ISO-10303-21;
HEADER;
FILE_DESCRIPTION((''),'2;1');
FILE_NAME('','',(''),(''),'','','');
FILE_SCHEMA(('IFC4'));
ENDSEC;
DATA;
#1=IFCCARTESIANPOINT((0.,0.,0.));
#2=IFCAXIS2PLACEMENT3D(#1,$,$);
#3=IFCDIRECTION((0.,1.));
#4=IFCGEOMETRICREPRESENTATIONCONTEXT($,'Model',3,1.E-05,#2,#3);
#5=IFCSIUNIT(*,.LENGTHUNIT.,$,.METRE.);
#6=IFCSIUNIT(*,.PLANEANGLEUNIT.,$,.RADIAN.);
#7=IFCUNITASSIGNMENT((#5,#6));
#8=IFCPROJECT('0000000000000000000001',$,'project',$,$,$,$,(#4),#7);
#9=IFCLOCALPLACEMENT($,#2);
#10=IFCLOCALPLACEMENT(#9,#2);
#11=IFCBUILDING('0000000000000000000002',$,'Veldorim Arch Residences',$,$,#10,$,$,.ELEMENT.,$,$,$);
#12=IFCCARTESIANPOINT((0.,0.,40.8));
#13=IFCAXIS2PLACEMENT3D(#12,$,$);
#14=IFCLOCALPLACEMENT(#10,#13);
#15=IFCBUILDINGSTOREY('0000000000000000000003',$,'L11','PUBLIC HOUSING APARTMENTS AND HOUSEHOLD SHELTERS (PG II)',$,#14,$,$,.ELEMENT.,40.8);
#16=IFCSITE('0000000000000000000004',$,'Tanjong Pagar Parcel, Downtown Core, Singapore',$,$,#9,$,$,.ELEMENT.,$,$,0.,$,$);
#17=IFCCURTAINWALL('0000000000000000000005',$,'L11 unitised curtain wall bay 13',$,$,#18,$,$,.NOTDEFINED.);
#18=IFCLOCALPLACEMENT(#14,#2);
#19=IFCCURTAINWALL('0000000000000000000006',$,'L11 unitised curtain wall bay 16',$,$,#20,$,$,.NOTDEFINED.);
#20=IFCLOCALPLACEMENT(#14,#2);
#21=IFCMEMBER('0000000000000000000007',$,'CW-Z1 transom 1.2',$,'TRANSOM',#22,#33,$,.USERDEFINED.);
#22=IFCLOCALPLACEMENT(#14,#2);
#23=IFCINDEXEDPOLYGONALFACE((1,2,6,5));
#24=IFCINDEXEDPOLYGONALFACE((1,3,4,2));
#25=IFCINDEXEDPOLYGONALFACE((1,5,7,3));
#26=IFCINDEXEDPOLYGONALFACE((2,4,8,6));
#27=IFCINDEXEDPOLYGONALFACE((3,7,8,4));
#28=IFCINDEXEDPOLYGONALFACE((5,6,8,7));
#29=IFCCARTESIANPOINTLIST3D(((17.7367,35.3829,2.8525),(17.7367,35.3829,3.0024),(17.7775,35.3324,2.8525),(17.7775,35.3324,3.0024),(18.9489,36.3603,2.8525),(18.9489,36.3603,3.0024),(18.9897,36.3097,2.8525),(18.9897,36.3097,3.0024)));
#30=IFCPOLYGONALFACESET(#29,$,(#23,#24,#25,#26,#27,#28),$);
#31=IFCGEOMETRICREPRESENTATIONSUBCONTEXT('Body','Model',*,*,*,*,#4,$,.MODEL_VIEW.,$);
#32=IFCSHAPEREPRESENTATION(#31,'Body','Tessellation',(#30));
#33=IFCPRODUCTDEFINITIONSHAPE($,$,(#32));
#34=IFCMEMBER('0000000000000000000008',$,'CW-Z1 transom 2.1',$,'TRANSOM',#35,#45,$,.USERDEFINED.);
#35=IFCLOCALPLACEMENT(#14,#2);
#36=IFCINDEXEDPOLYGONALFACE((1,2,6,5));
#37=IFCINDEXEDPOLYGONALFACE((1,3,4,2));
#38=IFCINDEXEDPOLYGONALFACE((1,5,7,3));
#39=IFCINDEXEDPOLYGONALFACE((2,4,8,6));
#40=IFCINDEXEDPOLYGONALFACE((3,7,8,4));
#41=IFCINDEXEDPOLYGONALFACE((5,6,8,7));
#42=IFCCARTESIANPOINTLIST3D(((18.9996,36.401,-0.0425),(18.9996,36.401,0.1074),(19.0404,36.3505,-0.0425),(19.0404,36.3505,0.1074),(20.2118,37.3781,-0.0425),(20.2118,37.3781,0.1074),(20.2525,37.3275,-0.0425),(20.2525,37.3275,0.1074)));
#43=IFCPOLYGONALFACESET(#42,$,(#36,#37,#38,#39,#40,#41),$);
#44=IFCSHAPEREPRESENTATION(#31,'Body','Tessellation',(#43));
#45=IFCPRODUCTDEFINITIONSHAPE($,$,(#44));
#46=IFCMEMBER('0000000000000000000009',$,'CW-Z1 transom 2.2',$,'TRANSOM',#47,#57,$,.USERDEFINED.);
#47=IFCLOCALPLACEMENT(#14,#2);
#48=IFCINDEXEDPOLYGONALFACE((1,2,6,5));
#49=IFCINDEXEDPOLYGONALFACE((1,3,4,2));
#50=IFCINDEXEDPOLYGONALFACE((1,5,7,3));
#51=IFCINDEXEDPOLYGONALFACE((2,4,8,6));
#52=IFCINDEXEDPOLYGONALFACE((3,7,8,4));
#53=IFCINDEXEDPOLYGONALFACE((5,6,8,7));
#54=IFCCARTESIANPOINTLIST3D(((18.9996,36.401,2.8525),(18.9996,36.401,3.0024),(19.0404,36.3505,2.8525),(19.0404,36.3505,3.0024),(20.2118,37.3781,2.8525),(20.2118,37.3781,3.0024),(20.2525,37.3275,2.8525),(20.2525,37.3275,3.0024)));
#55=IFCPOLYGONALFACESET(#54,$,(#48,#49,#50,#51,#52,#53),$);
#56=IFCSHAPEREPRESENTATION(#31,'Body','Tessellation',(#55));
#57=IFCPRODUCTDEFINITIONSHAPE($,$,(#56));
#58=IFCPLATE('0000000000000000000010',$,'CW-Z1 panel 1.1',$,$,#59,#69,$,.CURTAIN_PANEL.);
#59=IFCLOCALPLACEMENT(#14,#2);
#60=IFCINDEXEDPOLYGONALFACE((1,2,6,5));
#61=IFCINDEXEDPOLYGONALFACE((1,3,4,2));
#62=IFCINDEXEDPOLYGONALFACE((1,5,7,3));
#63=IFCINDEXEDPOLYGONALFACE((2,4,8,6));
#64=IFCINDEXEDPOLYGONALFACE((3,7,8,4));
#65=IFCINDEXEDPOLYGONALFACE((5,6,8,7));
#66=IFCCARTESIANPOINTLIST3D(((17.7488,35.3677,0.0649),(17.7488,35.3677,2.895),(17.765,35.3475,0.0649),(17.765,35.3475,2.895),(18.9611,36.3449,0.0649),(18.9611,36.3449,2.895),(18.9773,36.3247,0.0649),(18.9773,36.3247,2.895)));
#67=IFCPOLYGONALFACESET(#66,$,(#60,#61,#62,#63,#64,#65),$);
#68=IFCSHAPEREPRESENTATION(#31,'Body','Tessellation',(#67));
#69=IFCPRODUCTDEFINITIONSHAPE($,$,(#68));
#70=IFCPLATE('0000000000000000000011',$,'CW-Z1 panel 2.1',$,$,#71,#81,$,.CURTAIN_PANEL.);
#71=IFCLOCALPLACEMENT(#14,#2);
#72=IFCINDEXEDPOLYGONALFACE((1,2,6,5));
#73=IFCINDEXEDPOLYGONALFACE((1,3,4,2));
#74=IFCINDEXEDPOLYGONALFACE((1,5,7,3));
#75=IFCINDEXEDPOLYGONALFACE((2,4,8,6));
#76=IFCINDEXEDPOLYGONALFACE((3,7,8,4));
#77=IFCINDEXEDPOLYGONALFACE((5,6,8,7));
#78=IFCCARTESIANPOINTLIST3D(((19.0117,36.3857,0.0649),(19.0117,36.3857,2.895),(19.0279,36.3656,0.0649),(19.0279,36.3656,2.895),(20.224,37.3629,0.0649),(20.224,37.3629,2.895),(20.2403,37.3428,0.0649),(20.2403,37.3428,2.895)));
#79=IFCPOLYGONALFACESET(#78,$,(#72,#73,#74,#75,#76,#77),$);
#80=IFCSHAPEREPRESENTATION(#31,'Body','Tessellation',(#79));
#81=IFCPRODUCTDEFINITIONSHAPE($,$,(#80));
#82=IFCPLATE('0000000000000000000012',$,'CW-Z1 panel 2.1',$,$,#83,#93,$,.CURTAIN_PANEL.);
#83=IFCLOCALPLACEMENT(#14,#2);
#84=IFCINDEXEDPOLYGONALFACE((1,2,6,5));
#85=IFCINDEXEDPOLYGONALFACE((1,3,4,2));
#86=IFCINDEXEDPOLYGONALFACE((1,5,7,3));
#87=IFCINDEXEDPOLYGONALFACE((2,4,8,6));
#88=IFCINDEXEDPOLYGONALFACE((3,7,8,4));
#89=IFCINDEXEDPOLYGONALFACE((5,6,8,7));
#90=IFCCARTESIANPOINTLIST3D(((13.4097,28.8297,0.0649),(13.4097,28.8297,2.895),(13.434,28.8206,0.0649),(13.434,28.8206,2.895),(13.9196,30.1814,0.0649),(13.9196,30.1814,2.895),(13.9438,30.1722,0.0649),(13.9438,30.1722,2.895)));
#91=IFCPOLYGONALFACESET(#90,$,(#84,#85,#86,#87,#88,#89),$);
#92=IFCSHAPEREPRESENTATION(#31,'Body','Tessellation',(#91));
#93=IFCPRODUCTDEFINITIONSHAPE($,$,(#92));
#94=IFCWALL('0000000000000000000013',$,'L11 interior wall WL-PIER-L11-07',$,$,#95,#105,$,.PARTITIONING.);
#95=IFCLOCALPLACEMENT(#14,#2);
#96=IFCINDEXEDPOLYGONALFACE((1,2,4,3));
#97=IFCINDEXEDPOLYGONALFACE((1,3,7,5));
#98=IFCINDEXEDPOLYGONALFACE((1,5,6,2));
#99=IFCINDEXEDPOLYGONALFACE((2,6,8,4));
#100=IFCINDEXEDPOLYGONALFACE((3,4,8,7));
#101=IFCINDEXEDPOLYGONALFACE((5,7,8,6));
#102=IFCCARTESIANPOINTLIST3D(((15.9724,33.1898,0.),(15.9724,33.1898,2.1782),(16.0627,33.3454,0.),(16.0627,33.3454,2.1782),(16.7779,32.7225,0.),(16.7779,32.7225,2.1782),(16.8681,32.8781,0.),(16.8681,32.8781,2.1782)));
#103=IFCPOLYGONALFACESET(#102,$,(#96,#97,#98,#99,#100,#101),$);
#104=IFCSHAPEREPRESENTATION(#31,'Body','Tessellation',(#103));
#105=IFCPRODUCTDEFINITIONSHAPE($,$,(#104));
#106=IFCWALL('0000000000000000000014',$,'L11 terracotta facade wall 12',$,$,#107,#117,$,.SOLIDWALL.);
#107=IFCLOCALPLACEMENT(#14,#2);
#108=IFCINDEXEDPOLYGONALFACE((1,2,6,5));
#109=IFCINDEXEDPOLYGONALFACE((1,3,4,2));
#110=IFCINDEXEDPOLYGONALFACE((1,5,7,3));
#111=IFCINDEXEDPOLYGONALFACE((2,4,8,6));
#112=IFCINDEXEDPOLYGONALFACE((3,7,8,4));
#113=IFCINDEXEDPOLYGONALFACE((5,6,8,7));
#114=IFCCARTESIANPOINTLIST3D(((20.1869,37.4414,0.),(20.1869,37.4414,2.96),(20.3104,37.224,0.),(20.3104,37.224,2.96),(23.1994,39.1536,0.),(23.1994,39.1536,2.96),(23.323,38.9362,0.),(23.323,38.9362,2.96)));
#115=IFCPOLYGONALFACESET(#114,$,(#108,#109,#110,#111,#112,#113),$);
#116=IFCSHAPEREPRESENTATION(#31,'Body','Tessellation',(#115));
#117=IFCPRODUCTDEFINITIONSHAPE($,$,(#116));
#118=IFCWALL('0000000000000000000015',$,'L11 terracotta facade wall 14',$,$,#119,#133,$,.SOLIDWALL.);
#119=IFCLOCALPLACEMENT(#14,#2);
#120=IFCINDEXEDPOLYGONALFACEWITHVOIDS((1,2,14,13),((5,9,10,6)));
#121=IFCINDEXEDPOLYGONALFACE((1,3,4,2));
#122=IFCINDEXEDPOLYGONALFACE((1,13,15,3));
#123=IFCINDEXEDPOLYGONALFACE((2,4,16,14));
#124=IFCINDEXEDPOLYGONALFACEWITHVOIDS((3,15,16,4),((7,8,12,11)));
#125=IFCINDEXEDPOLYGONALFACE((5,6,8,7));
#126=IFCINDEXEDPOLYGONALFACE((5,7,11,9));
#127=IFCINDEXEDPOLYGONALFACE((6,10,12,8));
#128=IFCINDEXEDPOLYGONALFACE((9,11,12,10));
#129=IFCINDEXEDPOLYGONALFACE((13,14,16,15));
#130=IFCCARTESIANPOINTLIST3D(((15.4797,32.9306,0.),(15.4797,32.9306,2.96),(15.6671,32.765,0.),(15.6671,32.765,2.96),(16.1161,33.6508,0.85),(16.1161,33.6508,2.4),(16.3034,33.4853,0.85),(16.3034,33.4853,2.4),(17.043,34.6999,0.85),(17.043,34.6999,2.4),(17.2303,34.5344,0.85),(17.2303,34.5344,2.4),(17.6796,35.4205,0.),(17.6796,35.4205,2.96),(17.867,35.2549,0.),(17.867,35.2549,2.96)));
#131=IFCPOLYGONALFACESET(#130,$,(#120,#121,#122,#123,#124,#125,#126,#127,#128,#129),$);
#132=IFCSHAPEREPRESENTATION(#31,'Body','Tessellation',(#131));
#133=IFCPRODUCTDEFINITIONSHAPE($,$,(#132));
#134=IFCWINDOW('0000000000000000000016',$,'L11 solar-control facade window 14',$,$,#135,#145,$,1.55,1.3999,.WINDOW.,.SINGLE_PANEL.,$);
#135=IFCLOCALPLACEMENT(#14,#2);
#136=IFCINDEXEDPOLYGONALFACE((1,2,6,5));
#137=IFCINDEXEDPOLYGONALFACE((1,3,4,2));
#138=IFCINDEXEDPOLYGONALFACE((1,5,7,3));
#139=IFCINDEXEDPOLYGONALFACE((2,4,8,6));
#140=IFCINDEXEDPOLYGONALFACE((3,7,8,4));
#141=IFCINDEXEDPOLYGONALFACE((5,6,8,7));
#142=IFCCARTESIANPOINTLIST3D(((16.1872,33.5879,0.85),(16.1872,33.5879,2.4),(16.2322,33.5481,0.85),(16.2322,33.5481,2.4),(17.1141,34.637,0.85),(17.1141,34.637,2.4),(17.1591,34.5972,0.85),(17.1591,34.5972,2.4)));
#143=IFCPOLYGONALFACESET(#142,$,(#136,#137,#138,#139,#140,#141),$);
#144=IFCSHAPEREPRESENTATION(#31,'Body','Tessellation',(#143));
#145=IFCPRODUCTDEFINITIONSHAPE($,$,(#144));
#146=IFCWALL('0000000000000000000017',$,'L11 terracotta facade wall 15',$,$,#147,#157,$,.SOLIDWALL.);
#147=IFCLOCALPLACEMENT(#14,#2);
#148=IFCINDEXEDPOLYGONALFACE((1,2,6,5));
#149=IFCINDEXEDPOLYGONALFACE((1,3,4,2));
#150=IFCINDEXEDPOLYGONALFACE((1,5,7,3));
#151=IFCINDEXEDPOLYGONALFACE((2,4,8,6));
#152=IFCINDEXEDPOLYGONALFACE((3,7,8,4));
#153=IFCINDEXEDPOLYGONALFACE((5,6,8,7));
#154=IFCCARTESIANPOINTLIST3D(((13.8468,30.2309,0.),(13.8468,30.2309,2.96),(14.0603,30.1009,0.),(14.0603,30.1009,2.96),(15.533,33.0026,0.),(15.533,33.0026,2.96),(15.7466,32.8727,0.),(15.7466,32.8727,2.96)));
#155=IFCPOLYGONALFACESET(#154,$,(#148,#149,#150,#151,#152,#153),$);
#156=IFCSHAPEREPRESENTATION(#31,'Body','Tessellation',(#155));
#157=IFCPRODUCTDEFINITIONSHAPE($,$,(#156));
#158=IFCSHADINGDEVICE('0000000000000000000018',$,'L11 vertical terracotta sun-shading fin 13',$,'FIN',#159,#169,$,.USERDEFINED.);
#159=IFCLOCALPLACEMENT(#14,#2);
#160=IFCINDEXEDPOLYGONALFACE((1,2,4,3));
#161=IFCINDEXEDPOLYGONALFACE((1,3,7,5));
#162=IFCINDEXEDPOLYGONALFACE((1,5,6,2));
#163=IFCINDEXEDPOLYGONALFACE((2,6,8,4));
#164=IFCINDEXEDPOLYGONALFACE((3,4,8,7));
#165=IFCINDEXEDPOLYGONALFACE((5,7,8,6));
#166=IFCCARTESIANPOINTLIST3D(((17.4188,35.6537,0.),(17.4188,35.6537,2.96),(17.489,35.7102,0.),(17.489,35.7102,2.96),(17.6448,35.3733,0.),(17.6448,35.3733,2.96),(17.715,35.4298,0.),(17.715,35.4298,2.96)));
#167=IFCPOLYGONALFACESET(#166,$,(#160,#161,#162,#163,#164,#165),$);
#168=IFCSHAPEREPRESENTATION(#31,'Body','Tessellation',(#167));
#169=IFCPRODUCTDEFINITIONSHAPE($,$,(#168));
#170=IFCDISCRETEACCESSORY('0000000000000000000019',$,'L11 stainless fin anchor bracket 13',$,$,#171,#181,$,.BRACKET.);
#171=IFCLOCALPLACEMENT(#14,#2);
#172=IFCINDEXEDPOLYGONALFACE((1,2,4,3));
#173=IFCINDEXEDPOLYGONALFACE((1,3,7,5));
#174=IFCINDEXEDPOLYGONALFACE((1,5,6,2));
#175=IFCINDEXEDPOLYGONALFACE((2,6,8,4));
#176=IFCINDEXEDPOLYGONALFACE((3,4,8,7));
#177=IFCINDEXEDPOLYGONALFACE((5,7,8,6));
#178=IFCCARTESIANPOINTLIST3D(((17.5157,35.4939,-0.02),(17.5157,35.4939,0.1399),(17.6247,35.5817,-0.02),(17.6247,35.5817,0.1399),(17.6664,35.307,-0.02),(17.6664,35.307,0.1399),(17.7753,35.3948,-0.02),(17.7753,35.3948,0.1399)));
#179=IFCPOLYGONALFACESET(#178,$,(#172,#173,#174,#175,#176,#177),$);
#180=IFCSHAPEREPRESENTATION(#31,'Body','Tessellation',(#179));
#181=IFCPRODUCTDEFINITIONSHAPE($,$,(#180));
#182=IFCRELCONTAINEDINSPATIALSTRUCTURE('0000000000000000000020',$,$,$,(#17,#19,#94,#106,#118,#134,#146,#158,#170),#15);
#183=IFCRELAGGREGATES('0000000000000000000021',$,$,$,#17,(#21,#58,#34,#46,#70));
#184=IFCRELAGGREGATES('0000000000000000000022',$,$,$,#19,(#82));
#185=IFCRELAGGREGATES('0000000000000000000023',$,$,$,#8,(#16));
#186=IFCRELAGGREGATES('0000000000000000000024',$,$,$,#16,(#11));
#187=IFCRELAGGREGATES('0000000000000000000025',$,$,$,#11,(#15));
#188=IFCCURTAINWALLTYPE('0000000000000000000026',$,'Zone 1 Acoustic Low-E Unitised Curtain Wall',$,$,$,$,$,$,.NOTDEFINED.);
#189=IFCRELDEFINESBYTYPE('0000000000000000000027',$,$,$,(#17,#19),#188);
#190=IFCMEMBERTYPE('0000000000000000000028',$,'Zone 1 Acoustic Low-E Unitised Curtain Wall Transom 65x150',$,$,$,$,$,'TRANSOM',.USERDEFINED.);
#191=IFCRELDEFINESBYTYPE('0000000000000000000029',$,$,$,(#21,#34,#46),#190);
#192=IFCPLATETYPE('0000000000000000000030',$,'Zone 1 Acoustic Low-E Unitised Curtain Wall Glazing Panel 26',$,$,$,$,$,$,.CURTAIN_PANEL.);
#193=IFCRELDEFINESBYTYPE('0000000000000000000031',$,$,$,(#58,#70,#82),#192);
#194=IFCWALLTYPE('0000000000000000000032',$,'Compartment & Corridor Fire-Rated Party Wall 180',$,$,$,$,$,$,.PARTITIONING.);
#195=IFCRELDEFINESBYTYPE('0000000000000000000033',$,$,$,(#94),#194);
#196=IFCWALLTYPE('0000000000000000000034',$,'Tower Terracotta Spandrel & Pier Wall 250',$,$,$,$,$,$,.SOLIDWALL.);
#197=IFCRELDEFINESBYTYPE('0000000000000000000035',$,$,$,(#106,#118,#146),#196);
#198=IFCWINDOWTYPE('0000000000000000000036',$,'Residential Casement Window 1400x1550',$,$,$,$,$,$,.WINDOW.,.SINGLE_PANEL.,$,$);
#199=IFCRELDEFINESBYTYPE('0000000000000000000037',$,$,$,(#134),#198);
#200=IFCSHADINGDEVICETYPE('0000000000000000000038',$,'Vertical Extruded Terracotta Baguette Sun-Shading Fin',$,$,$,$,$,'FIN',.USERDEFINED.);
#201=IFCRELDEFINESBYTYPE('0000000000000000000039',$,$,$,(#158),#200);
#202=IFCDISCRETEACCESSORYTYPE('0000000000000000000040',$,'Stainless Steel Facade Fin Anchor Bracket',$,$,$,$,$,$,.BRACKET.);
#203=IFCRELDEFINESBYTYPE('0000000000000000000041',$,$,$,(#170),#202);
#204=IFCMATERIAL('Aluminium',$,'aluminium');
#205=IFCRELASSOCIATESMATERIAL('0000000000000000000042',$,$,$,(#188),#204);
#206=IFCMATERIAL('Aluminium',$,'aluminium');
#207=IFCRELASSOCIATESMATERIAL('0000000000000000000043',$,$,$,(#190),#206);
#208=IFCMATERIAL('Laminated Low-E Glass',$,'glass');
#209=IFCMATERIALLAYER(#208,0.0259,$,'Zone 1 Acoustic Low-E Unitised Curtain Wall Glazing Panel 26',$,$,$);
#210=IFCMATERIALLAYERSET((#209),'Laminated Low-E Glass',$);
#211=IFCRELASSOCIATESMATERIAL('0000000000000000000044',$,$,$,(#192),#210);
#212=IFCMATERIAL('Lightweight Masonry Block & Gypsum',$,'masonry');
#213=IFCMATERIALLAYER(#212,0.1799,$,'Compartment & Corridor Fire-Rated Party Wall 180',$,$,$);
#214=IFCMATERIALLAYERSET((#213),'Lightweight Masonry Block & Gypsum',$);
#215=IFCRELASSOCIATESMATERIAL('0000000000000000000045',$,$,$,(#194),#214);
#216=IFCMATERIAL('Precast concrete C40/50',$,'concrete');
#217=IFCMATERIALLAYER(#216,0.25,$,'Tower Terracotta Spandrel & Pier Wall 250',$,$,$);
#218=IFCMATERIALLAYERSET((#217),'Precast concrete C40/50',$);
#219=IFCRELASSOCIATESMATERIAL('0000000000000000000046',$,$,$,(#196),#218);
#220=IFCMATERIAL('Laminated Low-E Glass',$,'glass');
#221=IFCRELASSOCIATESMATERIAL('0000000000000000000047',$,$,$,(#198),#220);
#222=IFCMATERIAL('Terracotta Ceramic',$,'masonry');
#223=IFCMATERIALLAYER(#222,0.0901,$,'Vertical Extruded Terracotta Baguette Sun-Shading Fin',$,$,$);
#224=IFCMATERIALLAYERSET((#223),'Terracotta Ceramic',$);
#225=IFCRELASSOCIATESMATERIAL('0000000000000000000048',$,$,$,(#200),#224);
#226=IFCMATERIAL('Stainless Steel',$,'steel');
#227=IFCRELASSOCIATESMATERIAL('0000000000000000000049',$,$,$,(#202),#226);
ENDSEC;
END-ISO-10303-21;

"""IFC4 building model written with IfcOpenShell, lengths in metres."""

from ifc_helpers import new_model, si_unit, direction, frame, frame_2d, origin, origin_2d, place, context, subcontext, project, spatial, rectangle, extrude, material, layer, layer_set, material_profile, profile_set, type_object, element, fill, aggregate, save


model = new_model("IFC4")

# Units and contexts
model_context = context("Model", 3, precision=1e-05, world=origin(), true_north=direction((0.0, 1.0)))
body_context = subcontext(model_context, "Body", "Model", "MODEL_VIEW")
ifc_project = project(units=[si_unit("LENGTHUNIT", "METRE"), si_unit("PLANEANGLEUNIT", "RADIAN")], contexts=[model_context])

# Site, building, storey
site_placement = place(None, origin())
site = spatial("IfcSite", under=ifc_project, at=site_placement, Name="Tanjong Pagar Parcel, Downtown Core, Singapore", CompositionType="ELEMENT", RefElevation=0.0)
building_placement = place(site_placement, origin())
building = spatial("IfcBuilding", under=site, at=building_placement, Name="Veldorim Arch Residences", CompositionType="ELEMENT")
storey_placement = place(building_placement, frame((0.0, 0.0, 40.8)))
storey = spatial("IfcBuildingStorey", under=building, at=storey_placement, Name="L11", Description="PUBLIC HOUSING APARTMENTS AND HOUSEHOLD SHELTERS (PG II)", CompositionType="ELEMENT", Elevation=40.8)

# Curtain wall
ifc_material_1 = material(Name="Aluminium", Category="aluminium")
curtain_wall_type = type_object("IfcCurtainWallType", Name="Zone 1 Acoustic Low-E Unitised Curtain Wall", PredefinedType="NOTDEFINED", material=ifc_material_1)
curtain_wall_1_placement = place(storey_placement, origin())
curtain_wall_1 = element("IfcCurtainWall", 1, at=curtain_wall_1_placement, inside=storey, type_object=curtain_wall_type, Name="L11 unitised curtain wall bay 13", PredefinedType="NOTDEFINED")

# Curtain wall
curtain_wall_2_placement = place(storey_placement, origin())
curtain_wall_2 = element("IfcCurtainWall", 2, at=curtain_wall_2_placement, inside=storey, type_object=curtain_wall_type, Name="L11 unitised curtain wall bay 16", PredefinedType="NOTDEFINED")

# Members
ifc_material_2 = material(Name="Aluminium", Category="aluminium")
ifc_material_profile_1 = material_profile(ifc_material_2, rectangle(XDim=0.0649, YDim=0.1499, at=origin_2d()), Name="ALU_TRN_65x150")
ifc_profile_set_1 = profile_set([ifc_material_profile_1], Name="Aluminium")
member_type_1 = type_object("IfcMemberType", Name="Zone 1 Acoustic Low-E Unitised Curtain Wall Transom 65x150", ElementType="TRANSOM", PredefinedType="USERDEFINED", material=ifc_profile_set_1)
member_1_placement = place(storey_placement, frame((17.7571, 35.3577, 2.9275), z_axis=(0.778492, 0.627654, 0.0), x_axis=(-0.627654, 0.778492, 0.0)))
member_1 = element("IfcMember", 3, at=member_1_placement, type_object=member_type_1, Name="CW-Z1 transom 1.2", ObjectType="TRANSOM", PredefinedType="USERDEFINED", context=body_context, shape_type="SweptSolid", body=[
    extrude(rectangle(XDim=0.0649, YDim=0.1499, at=origin_2d()), origin(), (0.0, 0.0, 1.0), 1.5571),
])
member_2_placement = place(storey_placement, frame((19.02, 36.3757, 0.0325), z_axis=(0.778569, 0.627559, 0.0), x_axis=(-0.627559, 0.778569, 0.0)))
member_2 = element("IfcMember", 4, at=member_2_placement, type_object=member_type_1, Name="CW-Z1 transom 2.1", ObjectType="TRANSOM", PredefinedType="USERDEFINED", context=body_context, shape_type="SweptSolid", body=[
    extrude(rectangle(XDim=0.0649, YDim=0.1499, at=origin_2d()), origin(), (0.0, 0.0, 1.0), 1.5569),
])
member_3_placement = place(storey_placement, frame((19.02, 36.3757, 2.9275), z_axis=(0.778569, 0.627559, 0.0), x_axis=(-0.627559, 0.778569, 0.0)))
member_3 = element("IfcMember", 5, at=member_3_placement, type_object=member_type_1, Name="CW-Z1 transom 2.2", ObjectType="TRANSOM", PredefinedType="USERDEFINED", context=body_context, shape_type="SweptSolid", body=[
    extrude(rectangle(XDim=0.0649, YDim=0.1499, at=origin_2d()), origin(), (0.0, 0.0, 1.0), 1.5569),
])

# Plates
ifc_material_3 = material(Name="Laminated Low-E Glass", Category="glass")
ifc_layer_1 = layer(ifc_material_3, 0.0259, Name="Zone 1 Acoustic Low-E Unitised Curtain Wall Glazing Panel 26")
ifc_layer_set_1 = layer_set([ifc_layer_1], Name="Laminated Low-E Glass")
plate_type = type_object("IfcPlateType", Name="Zone 1 Acoustic Low-E Unitised Curtain Wall Glazing Panel 26", PredefinedType="CURTAIN_PANEL", material=ifc_layer_set_1)
plate_1_placement = place(storey_placement, frame((18.363, 35.8462, 0.0649), z_axis=(0.0, 0.0, 1.0), x_axis=(0.778567, 0.627562, 0.0)))
plate_1 = element("IfcPlate", 6, at=plate_1_placement, type_object=plate_type, Name="CW-Z1 panel 1.1", PredefinedType="CURTAIN_PANEL", context=body_context, shape_type="SweptSolid", body=[
    extrude(rectangle(XDim=1.5571, YDim=0.0259, at=origin_2d()), origin(), (0.0, 0.0, 1.0), 2.8301),
])
plate_2_placement = place(storey_placement, frame((19.626, 36.8643, 0.0649), z_axis=(0.0, 0.0, 1.0), x_axis=(0.778567, 0.627562, 0.0)))
plate_2 = element("IfcPlate", 7, at=plate_2_placement, type_object=plate_type, Name="CW-Z1 panel 2.1", PredefinedType="CURTAIN_PANEL", context=body_context, shape_type="SweptSolid", body=[
    extrude(rectangle(XDim=1.5571, YDim=0.0259, at=origin_2d()), origin(), (0.0, 0.0, 1.0), 2.8301),
])
aggregate(curtain_wall_1, [member_1, plate_1, member_2, member_3, plate_2])
plate_3_placement = place(storey_placement, frame((13.6768, 29.501, 0.0649), z_axis=(0.0, 0.0, 1.0), x_axis=(0.352914, 0.935656, 0.0)))
plate_3 = element("IfcPlate", 8, at=plate_3_placement, type_object=plate_type, Name="CW-Z1 panel 2.1", PredefinedType="CURTAIN_PANEL", context=body_context, shape_type="SweptSolid", body=[
    extrude(rectangle(XDim=1.4446, YDim=0.0259, at=origin_2d()), origin(), (0.0, 0.0, 1.0), 2.8301),
])
aggregate(curtain_wall_2, [plate_3])

# Walls
ifc_material_4 = material(Name="Lightweight Masonry Block & Gypsum", Category="masonry")
ifc_layer_2 = layer(ifc_material_4, 0.1799, Name="Compartment & Corridor Fire-Rated Party Wall 180")
ifc_layer_set_2 = layer_set([ifc_layer_2], Name="Lightweight Masonry Block & Gypsum")
wall_type_1 = type_object("IfcWallType", Name="Compartment & Corridor Fire-Rated Party Wall 180", PredefinedType="PARTITIONING", material=ifc_layer_set_2)
wall_1_placement = place(storey_placement, frame((16.823, 32.8003, 0.0), z_axis=(0.0, 0.0, 1.0), x_axis=(-0.864965, 0.501832, 0.0)))
element("IfcWall", 9, at=wall_1_placement, inside=storey, type_object=wall_type_1, Name="L11 interior wall WL-PIER-L11-07", PredefinedType="PARTITIONING", context=body_context, shape_type="SweptSolid", body=[
    extrude(rectangle(XDim=0.9312, YDim=0.1799, at=frame_2d((0.4656, 0.0))), origin(), (0.0, 0.0, 1.0), 2.1782),
])
ifc_material_5 = material(Name="Precast concrete C40/50", Category="concrete")
ifc_layer_3 = layer(ifc_material_5, 0.25, Name="Tower Terracotta Spandrel & Pier Wall 250")
ifc_layer_set_3 = layer_set([ifc_layer_3], Name="Precast concrete C40/50")
wall_type_2 = type_object("IfcWallType", Name="Tower Terracotta Spandrel & Pier Wall 250", PredefinedType="SOLIDWALL", material=ifc_layer_set_3)
wall_2_placement = place(storey_placement, frame((20.2488, 37.3328, 0.0), z_axis=(0.0, 0.0, 1.0), x_axis=(0.86939, 0.494127, 0.0)))
element("IfcWall", 10, at=wall_2_placement, inside=storey, type_object=wall_type_2, Name="L11 terracotta facade wall 12", PredefinedType="SOLIDWALL", context=body_context, shape_type="SweptSolid", body=[
    extrude(rectangle(XDim=3.4651, YDim=0.25, at=frame_2d((1.7324, 0.0))), origin(), (0.0, 0.0, 1.0), 2.96),
])

# Wall, opening, window
wall_3_placement = place(storey_placement, frame((15.5735, 32.8479, 0.0), z_axis=(0.0, 0.0, 1.0), x_axis=(0.662112, 0.749405, 0.0)))
wall_3 = element("IfcWall", 11, at=wall_3_placement, inside=storey, type_object=wall_type_2, Name="L11 terracotta facade wall 14", PredefinedType="SOLIDWALL", context=body_context, shape_type="SweptSolid", body=[
    extrude(rectangle(XDim=3.3225, YDim=0.25, at=frame_2d((1.6611, 0.0))), origin(), (0.0, 0.0, 1.0), 2.96),
])
opening_placement = place(wall_3_placement, frame((0.9609, 0.0, 0.8501)))
opening = element("IfcOpeningElement", 12, at=opening_placement, cuts=wall_3, PredefinedType="OPENING", context=body_context, shape_type="SweptSolid", body=[
    extrude(rectangle(XDim=1.3999, YDim=1.55, at=frame_2d((0.7, 0.7749))), frame((0.0, 0.135, 0.0), z_axis=(0.0, -1.0, 0.0), x_axis=(1.0, 0.0, 0.0)), (0.0, 0.0, 1.0), 0.27),
])
ifc_material_6 = material(Name="Laminated Low-E Glass", Category="glass")
window_type = type_object("IfcWindowType", Name="Residential Casement Window 1400x1550", PartitioningType="SINGLE_PANEL", PredefinedType="WINDOW", material=ifc_material_6)
window_placement = place(opening_placement, origin())
window = element("IfcWindow", 13, at=window_placement, inside=storey, type_object=window_type, Name="L11 solar-control facade window 14", OverallHeight=1.55, OverallWidth=1.3999, PartitioningType="SINGLE_PANEL", PredefinedType="WINDOW", context=body_context, shape_type="SweptSolid", body=[
    extrude(rectangle(XDim=1.3999, YDim=1.55, at=frame_2d((0.7, 0.7749))), frame((0.0, 0.03, 0.0), z_axis=(0.0, -1.0, 0.0), x_axis=(1.0, 0.0, 0.0)), (0.0, 0.0, 1.0), 0.0601),
])
fill(opening, window)

# Wall
wall_4_placement = place(storey_placement, frame((13.9536, 30.166, 0.0), z_axis=(0.0, 0.0, 1.0), x_axis=(0.519754, 0.854316, 0.0)))
element("IfcWall", 14, at=wall_4_placement, inside=storey, type_object=wall_type_2, Name="L11 terracotta facade wall 15", PredefinedType="SOLIDWALL", context=body_context, shape_type="SweptSolid", body=[
    extrude(rectangle(XDim=3.2444, YDim=0.25, at=frame_2d((1.6221, 0.0))), origin(), (0.0, 0.0, 1.0), 2.96),
])

# Shading device
ifc_material_7 = material(Name="Terracotta Ceramic", Category="masonry")
ifc_layer_4 = layer(ifc_material_7, 0.0901, Name="Vertical Extruded Terracotta Baguette Sun-Shading Fin")
ifc_layer_set_4 = layer_set([ifc_layer_4], Name="Terracotta Ceramic")
shading_device_type = type_object("IfcShadingDeviceType", Name="Vertical Extruded Terracotta Baguette Sun-Shading Fin", ElementType="FIN", PredefinedType="USERDEFINED", material=ifc_layer_set_4)
shading_device_placement = place(storey_placement, frame((17.5669, 35.5417, 0.0), z_axis=(0.0, 0.0, 1.0), x_axis=(0.778572, 0.627555, 0.0)))
element("IfcShadingDevice", 15, at=shading_device_placement, inside=storey, type_object=shading_device_type, Name="L11 vertical terracotta sun-shading fin 13", ObjectType="FIN", PredefinedType="USERDEFINED", context=body_context, shape_type="SweptSolid", body=[
    extrude(rectangle(XDim=0.0901, YDim=0.3601, at=origin_2d()), origin(), (0.0, 0.0, 1.0), 2.96),
])

# Discrete accessory
ifc_material_8 = material(Name="Stainless Steel", Category="steel")
discrete_accessory_type = type_object("IfcDiscreteAccessoryType", Name="Stainless Steel Facade Fin Anchor Bracket", PredefinedType="BRACKET", material=ifc_material_8)
discrete_accessory_placement = place(storey_placement, frame((17.6455, 35.4443, -0.02), z_axis=(0.0, 0.0, 1.0), x_axis=(0.778572, 0.627555, 0.0)))
element("IfcDiscreteAccessory", 16, at=discrete_accessory_placement, inside=storey, type_object=discrete_accessory_type, Name="L11 stainless fin anchor bracket 13", PredefinedType="BRACKET", context=body_context, shape_type="SweptSolid", body=[
    extrude(rectangle(XDim=0.1399, YDim=0.24, at=origin_2d()), origin(), (0.0, 0.0, 1.0), 0.1599),
])

save(model, "model.ifc")
